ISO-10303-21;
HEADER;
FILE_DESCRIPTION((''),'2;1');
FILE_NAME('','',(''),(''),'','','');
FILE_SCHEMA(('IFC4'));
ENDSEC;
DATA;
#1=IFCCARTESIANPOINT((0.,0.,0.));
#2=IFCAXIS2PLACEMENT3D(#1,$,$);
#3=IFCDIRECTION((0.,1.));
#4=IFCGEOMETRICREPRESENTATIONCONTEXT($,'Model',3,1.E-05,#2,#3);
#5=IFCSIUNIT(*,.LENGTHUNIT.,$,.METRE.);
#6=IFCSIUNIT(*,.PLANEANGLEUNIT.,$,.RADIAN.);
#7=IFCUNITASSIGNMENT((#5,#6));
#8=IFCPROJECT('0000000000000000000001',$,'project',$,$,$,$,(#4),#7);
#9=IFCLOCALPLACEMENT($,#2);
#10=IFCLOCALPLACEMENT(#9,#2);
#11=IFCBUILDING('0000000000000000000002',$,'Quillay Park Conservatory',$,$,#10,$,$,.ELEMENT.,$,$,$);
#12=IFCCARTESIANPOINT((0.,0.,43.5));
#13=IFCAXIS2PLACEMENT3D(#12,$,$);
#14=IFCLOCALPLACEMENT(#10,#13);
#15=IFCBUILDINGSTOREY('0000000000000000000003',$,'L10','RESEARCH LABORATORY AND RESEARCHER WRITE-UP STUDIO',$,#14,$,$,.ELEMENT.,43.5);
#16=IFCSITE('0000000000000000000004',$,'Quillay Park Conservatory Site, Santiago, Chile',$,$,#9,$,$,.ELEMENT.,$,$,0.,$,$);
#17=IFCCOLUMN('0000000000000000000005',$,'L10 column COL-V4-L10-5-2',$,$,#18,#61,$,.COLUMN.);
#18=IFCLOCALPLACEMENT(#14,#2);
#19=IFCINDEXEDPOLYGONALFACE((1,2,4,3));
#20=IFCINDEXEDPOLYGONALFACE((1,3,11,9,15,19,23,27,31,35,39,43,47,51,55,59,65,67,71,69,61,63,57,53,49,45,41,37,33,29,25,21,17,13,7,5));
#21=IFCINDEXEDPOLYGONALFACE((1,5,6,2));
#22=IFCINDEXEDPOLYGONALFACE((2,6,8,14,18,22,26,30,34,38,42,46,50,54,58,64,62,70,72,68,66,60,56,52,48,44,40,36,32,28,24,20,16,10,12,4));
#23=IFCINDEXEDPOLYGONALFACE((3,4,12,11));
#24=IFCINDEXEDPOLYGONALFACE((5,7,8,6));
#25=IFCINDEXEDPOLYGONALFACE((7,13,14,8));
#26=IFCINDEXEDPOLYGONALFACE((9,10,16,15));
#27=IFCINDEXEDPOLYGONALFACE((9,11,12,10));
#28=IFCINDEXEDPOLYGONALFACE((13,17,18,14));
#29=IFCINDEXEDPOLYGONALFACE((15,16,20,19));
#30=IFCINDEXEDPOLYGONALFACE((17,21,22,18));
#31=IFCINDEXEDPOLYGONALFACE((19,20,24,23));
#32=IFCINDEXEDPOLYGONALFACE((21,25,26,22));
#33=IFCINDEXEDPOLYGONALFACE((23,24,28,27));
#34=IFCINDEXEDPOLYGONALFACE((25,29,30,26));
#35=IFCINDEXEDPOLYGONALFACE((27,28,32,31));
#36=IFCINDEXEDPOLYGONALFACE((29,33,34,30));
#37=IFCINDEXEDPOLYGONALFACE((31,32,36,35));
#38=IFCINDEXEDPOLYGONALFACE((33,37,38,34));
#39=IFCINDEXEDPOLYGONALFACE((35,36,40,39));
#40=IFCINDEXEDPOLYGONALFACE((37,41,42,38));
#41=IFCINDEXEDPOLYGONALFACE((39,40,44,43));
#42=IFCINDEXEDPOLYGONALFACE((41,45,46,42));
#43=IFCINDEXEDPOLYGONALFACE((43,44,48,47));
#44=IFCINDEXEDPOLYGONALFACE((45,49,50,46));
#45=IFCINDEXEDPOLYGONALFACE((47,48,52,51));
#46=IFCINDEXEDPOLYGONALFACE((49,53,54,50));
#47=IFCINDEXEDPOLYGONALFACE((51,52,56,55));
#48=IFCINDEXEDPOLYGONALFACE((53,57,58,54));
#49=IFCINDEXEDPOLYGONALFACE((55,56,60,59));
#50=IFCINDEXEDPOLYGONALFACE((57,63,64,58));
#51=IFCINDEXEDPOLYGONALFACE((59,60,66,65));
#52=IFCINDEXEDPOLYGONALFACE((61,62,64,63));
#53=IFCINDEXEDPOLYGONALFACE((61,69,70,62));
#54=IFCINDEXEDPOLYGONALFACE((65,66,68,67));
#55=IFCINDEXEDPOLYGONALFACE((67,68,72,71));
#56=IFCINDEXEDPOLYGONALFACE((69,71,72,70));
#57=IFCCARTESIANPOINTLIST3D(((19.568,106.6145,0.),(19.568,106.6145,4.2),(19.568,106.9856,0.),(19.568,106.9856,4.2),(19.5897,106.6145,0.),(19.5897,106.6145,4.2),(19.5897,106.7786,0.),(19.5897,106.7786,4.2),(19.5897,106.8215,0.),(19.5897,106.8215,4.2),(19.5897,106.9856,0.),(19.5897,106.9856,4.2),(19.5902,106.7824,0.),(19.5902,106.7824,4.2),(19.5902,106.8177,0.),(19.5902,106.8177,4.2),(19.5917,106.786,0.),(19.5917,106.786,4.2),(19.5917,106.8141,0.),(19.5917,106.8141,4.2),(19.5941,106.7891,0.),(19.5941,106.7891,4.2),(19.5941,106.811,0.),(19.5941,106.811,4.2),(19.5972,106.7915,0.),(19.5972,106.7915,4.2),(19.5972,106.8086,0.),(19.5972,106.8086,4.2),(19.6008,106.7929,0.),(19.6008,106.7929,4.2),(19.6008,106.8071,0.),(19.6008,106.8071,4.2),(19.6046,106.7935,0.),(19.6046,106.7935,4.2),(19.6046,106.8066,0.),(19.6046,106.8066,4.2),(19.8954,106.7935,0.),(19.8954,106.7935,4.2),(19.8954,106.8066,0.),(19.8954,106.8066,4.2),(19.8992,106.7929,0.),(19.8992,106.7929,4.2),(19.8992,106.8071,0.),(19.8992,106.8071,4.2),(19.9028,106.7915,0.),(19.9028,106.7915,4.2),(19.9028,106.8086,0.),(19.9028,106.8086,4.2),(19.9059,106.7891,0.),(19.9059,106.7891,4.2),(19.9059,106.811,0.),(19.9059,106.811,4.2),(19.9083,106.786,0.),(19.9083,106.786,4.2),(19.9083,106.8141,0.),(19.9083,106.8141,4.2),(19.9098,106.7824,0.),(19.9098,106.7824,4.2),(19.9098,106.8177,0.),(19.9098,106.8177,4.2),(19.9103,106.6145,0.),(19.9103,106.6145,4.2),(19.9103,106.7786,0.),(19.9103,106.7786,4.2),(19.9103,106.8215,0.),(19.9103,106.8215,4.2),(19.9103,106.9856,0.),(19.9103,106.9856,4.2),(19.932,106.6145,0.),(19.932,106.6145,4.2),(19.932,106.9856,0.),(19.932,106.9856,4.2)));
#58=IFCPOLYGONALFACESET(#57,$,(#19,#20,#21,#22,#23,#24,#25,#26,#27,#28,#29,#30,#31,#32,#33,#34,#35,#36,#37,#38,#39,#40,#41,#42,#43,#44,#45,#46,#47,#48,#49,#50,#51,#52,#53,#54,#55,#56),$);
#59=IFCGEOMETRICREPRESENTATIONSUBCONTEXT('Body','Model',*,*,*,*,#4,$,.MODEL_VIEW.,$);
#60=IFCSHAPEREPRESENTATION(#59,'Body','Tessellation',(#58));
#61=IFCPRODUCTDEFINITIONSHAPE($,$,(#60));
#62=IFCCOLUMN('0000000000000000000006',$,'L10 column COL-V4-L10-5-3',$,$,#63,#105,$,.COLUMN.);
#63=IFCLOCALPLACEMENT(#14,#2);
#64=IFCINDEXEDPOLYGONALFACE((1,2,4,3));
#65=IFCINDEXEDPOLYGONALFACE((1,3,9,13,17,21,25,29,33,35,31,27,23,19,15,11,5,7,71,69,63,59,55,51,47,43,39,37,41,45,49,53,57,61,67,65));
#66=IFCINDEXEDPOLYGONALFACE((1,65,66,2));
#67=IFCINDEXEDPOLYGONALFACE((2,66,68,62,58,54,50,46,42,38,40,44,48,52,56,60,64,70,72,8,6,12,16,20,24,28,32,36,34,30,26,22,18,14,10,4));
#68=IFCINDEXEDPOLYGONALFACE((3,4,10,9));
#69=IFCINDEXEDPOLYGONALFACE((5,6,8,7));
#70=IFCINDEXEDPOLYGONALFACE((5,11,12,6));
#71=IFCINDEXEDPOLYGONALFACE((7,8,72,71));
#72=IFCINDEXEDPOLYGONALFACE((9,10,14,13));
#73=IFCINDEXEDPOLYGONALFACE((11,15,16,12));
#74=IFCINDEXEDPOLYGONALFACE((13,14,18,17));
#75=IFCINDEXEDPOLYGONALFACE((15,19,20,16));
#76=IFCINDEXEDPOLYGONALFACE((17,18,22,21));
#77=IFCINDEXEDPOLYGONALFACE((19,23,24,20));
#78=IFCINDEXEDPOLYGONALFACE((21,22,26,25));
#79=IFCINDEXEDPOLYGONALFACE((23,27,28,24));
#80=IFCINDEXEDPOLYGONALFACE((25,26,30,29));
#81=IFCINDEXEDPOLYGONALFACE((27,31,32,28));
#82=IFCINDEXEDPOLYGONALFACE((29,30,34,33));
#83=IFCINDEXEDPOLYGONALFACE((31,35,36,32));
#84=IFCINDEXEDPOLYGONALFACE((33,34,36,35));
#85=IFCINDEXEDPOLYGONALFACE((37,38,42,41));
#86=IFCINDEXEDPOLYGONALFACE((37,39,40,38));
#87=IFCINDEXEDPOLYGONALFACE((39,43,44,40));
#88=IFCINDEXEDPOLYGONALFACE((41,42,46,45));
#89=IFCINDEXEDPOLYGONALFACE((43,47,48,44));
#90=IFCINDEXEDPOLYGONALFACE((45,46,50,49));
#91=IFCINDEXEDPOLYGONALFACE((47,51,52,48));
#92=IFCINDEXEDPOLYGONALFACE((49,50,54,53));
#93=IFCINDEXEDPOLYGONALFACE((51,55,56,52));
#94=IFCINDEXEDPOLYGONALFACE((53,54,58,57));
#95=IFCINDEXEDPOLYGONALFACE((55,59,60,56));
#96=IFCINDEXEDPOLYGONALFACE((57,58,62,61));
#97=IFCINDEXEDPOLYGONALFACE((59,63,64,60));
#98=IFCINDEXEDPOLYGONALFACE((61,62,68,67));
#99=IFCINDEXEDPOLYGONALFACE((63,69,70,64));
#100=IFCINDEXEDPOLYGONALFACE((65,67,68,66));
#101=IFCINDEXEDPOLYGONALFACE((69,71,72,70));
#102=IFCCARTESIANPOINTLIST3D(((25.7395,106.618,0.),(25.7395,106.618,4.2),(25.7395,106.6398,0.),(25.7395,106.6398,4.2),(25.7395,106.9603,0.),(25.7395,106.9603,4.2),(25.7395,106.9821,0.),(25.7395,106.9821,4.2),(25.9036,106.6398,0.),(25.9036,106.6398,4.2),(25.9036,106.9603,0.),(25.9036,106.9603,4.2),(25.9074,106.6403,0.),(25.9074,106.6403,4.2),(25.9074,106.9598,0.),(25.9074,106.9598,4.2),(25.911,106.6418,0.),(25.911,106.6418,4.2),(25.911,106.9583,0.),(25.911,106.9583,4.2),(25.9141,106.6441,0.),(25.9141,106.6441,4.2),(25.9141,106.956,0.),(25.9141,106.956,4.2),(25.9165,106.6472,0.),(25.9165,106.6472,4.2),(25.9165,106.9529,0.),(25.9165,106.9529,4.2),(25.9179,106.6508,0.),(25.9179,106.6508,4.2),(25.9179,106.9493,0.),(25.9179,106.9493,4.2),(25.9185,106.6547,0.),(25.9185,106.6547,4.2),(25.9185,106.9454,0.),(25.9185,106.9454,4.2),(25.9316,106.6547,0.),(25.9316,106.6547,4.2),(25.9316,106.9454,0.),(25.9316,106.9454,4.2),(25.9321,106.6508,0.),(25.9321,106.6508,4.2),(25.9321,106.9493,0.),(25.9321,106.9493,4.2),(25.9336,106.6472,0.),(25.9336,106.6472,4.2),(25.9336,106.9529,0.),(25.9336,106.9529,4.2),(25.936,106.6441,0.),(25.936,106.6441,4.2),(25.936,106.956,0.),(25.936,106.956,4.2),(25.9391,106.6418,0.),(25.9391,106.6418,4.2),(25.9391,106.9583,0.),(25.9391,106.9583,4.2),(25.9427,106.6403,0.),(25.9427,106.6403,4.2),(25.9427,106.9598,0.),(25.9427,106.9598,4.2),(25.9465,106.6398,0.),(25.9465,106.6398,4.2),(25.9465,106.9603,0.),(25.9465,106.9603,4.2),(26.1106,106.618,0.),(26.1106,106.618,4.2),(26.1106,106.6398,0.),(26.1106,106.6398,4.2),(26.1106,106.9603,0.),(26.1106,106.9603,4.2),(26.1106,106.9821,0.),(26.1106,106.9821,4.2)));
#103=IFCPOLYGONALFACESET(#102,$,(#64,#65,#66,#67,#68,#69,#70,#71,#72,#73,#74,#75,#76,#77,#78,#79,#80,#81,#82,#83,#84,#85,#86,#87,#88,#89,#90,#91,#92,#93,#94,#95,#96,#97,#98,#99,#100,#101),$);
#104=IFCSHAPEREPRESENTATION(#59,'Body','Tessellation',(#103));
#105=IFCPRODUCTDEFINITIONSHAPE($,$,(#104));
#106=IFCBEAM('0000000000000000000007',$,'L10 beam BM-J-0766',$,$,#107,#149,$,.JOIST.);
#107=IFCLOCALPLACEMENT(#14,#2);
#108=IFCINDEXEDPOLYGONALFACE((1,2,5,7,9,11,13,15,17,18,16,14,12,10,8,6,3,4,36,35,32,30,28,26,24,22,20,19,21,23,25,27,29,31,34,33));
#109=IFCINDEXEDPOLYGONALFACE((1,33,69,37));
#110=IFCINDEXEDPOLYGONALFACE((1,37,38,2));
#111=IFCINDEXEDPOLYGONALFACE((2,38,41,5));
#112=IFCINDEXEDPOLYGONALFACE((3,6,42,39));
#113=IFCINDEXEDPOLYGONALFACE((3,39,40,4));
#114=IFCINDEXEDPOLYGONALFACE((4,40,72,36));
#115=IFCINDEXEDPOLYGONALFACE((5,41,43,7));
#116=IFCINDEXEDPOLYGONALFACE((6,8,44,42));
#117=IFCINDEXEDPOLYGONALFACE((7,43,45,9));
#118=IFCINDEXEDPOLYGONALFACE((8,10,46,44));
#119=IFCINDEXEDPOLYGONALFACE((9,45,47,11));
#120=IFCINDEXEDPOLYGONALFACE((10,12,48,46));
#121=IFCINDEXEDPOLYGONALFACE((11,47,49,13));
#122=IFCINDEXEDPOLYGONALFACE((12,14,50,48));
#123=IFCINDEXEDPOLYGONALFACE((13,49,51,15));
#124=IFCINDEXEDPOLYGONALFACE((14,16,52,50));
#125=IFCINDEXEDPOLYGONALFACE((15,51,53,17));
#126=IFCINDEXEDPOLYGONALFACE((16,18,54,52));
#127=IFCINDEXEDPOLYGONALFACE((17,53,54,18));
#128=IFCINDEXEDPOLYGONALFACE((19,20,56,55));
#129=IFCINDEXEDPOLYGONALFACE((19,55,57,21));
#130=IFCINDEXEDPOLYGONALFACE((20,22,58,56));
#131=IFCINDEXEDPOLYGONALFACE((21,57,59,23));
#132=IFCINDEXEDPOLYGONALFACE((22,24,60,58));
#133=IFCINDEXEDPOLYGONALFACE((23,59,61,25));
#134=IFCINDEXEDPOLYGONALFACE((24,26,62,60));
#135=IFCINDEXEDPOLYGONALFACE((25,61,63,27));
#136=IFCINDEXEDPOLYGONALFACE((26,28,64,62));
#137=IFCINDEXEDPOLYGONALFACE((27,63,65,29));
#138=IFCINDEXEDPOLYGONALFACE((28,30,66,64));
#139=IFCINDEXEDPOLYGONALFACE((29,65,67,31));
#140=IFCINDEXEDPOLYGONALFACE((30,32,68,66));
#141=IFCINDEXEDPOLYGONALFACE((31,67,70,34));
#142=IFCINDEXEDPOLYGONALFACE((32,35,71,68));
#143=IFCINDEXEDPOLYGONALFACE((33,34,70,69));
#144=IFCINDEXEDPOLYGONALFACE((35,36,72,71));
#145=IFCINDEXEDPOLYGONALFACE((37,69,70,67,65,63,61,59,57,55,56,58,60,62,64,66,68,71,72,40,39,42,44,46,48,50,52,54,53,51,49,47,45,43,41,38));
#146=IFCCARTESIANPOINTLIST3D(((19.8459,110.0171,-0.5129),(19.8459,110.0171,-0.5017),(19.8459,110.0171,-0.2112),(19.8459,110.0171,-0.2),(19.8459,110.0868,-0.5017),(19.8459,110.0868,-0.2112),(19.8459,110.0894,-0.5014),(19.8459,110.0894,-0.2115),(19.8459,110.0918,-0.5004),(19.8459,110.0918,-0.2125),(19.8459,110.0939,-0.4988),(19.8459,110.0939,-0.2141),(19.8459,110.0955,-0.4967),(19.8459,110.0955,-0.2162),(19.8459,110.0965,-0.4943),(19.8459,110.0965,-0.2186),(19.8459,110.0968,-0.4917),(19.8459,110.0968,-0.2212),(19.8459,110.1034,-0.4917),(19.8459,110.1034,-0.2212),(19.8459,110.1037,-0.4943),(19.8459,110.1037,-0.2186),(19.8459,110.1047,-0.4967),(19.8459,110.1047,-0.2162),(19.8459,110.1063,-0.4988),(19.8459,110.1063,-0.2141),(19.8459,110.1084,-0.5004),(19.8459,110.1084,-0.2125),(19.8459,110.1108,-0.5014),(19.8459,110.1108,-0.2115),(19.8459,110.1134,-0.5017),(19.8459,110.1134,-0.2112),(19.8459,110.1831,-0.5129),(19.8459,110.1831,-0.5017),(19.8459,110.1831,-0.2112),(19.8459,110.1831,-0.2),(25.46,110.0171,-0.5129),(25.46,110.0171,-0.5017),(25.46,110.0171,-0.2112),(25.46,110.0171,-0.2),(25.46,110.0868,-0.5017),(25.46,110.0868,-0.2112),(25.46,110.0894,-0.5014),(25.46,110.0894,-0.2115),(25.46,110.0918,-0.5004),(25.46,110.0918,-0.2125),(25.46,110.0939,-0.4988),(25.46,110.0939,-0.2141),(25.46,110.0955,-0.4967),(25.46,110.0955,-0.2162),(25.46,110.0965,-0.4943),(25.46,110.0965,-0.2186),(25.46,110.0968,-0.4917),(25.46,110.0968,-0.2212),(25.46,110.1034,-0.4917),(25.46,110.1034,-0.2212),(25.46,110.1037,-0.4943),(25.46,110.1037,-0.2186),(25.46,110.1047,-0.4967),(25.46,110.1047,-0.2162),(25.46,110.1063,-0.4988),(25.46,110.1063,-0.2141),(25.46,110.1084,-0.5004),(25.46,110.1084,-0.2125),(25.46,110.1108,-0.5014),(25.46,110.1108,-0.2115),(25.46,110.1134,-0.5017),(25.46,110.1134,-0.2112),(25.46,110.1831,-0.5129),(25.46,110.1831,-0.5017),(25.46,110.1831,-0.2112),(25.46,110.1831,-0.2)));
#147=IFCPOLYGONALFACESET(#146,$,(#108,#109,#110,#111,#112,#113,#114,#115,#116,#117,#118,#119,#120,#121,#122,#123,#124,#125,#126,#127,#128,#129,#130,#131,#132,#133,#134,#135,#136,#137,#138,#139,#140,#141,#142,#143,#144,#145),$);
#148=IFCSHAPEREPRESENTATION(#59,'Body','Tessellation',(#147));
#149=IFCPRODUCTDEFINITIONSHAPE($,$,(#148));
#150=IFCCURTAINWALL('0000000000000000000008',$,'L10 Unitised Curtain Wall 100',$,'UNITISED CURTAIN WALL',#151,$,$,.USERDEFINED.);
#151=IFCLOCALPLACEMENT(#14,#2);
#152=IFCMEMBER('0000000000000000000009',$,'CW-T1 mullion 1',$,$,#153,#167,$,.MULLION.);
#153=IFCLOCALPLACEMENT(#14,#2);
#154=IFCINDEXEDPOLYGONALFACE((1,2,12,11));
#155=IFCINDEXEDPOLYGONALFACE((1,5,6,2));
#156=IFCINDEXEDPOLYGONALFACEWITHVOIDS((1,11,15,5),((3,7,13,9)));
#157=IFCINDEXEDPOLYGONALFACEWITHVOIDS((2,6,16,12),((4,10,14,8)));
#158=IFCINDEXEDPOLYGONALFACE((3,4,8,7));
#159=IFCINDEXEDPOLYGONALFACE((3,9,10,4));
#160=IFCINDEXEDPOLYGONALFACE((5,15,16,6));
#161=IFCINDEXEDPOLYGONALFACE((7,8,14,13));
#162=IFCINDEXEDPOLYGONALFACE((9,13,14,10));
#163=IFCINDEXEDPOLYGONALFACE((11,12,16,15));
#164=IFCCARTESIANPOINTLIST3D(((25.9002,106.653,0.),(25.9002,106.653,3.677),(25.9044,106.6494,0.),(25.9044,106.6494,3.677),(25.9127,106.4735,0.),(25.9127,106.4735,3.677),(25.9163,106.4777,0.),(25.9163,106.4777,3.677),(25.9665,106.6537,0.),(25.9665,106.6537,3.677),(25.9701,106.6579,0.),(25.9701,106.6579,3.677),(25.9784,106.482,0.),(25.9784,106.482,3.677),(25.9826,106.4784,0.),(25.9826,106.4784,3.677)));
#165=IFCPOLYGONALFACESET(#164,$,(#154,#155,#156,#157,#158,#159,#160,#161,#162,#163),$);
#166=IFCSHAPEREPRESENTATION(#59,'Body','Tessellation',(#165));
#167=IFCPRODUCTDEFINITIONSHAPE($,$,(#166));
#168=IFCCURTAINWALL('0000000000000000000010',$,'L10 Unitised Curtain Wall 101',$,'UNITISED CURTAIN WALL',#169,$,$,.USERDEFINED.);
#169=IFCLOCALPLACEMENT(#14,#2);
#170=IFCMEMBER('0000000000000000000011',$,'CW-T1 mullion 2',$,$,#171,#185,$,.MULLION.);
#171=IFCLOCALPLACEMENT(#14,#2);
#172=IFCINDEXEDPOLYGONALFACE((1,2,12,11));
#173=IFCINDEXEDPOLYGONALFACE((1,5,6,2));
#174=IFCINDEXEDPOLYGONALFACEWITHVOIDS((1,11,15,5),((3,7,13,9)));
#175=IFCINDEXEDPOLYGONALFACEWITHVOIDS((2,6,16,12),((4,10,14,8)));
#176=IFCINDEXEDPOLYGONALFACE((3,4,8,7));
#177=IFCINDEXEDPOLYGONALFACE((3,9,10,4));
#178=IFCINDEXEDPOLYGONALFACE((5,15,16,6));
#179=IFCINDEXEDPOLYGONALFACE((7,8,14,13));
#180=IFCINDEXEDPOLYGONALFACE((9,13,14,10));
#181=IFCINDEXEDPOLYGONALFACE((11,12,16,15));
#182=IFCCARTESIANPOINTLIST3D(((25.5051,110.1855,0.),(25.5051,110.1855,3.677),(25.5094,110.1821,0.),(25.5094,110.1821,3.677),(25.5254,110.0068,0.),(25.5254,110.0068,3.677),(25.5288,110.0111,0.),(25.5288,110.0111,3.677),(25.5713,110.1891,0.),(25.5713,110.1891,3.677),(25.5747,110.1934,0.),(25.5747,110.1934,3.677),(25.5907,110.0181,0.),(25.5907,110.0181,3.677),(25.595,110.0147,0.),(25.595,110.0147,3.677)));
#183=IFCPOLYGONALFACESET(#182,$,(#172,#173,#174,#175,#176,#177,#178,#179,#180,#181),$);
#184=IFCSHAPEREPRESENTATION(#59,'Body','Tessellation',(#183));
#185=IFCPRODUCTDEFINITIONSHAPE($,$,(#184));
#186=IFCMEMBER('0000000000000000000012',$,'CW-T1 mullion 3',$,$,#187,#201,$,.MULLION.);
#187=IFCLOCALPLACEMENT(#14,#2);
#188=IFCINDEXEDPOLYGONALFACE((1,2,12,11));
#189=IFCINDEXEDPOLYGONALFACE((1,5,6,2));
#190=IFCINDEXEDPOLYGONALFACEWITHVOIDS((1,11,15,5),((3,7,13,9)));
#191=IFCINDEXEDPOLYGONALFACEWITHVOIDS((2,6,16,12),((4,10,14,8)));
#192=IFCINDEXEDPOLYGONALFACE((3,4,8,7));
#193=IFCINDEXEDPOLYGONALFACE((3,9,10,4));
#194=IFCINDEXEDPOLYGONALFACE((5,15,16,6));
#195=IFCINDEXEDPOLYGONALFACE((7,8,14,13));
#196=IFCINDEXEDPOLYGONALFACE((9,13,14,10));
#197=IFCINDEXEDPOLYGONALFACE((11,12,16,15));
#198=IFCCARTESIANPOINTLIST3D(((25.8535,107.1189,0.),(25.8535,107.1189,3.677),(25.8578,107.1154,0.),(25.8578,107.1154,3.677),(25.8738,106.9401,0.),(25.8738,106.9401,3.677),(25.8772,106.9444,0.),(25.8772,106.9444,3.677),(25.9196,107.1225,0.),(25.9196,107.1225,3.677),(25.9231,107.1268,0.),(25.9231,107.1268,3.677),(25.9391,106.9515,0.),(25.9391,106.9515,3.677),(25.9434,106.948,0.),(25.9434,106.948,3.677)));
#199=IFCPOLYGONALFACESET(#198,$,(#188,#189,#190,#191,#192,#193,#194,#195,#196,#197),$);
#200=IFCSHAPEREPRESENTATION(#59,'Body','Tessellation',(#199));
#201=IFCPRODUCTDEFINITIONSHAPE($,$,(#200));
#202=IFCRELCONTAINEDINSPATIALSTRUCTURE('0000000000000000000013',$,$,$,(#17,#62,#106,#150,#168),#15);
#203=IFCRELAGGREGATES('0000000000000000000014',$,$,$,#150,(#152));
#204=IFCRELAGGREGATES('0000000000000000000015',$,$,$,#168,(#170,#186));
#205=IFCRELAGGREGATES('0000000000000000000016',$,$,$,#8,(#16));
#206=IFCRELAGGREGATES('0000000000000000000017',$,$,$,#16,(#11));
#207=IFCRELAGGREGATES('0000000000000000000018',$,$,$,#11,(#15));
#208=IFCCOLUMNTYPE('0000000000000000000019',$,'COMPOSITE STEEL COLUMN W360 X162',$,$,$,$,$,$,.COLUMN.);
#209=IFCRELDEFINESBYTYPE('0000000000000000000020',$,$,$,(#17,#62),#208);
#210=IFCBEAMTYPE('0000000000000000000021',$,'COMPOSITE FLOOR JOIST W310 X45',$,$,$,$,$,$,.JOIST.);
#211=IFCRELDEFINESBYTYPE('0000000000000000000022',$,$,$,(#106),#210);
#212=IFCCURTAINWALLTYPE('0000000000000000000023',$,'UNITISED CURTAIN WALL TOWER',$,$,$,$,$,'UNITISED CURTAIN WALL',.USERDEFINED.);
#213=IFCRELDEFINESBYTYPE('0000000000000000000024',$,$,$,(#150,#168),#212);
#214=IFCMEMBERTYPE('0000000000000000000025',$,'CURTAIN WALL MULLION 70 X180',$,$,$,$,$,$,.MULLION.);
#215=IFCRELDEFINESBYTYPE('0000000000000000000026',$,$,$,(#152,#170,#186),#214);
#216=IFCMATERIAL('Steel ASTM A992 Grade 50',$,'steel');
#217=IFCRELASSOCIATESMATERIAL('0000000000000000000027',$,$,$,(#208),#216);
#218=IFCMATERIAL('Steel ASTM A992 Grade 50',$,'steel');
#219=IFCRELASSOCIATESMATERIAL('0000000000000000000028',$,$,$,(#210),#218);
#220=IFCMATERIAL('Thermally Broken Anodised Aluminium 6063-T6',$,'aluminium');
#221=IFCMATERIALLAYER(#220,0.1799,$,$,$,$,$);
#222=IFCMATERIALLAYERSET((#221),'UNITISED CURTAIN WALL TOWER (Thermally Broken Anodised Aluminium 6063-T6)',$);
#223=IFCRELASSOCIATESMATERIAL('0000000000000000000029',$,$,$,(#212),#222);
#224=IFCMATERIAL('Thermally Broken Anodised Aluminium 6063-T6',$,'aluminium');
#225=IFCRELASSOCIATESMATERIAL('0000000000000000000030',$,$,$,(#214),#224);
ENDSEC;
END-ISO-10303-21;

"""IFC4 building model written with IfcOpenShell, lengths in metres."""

from ifc_helpers import new_model, si_unit, direction, frame, origin, origin_2d, place, context, subcontext, project, spatial, hollow_rectangle, i_section, extrude, material, layer, layer_set, material_profile, profile_set, type_object, element, aggregate, save


model = new_model("IFC4")

# Units and contexts
model_context = context("Model", 3, precision=1e-05, world=origin(), true_north=direction((0.0, 1.0)))
body_context = subcontext(model_context, "Body", "Model", "MODEL_VIEW")
ifc_project = project(units=[si_unit("LENGTHUNIT", "METRE"), si_unit("PLANEANGLEUNIT", "RADIAN")], contexts=[model_context])

# Site, building, storey
site_placement = place(None, origin())
site = spatial("IfcSite", under=ifc_project, at=site_placement, Name="Quillay Park Conservatory Site, Santiago, Chile", CompositionType="ELEMENT", RefElevation=0.0)
building_placement = place(site_placement, origin())
building = spatial("IfcBuilding", under=site, at=building_placement, Name="Quillay Park Conservatory", CompositionType="ELEMENT")
storey_placement = place(building_placement, frame((0.0, 0.0, 43.5)))
storey = spatial("IfcBuildingStorey", under=building, at=storey_placement, Name="L10", Description="RESEARCH LABORATORY AND RESEARCHER WRITE-UP STUDIO", CompositionType="ELEMENT", Elevation=43.5)

# Columns
ifc_material_1 = material(Name="Steel ASTM A992 Grade 50", Category="steel")
ifc_material_profile_1 = material_profile(ifc_material_1, i_section(OverallWidth=0.3711, OverallDepth=0.364, WebThickness=0.0132, FlangeThickness=0.0217, FilletRadius=0.0149, at=origin_2d()), Name="W360x162")
ifc_profile_set_1 = profile_set([ifc_material_profile_1], Name="Steel ASTM A992 Grade 50")
column_type = type_object("IfcColumnType", Name="COMPOSITE STEEL COLUMN W360 X162", PredefinedType="COLUMN", material=ifc_profile_set_1)
for number, where, z_axis, x_axis, name in (
    (1, (19.75, 106.8, 0.0), (0.0, 0.0, 1.0), (0.0, 1.0, 0.0), "L10 column COL-V4-L10-5-2"),
    (2, (25.925, 106.8, 0.0), (0.0, 0.0, 1.0), (1.0, 0.0, 0.0), "L10 column COL-V4-L10-5-3"),
):
    element("IfcColumn", number, at=place(storey_placement, frame(where, z_axis=z_axis, x_axis=x_axis)), inside=storey, type_object=column_type, Name=name, PredefinedType="COLUMN", context=body_context, shape_type="SweptSolid", body=[
        extrude(i_section(OverallWidth=0.3711, OverallDepth=0.364, WebThickness=0.0132, FlangeThickness=0.0217, FilletRadius=0.0149, at=origin_2d()), origin(), (0.0, 0.0, 1.0), 4.2),
    ])

# Beam
ifc_material_2 = material(Name="Steel ASTM A992 Grade 50", Category="steel")
ifc_material_profile_2 = material_profile(ifc_material_2, i_section(OverallWidth=0.166, OverallDepth=0.313, WebThickness=0.0066, FlangeThickness=0.0112, FilletRadius=0.01, at=origin_2d()), Name="W310x45")
ifc_profile_set_2 = profile_set([ifc_material_profile_2], Name="Steel ASTM A992 Grade 50")
beam_type_1 = type_object("IfcBeamType", Name="COMPOSITE FLOOR JOIST W310 X45", PredefinedType="JOIST", material=ifc_profile_set_2)
beam_1_placement = place(storey_placement, frame((19.8459, 110.1001, -0.3564), z_axis=(1.0, 0.0, 0.0), x_axis=(0.0, 1.0, 0.0)))
element("IfcBeam", 3, at=beam_1_placement, inside=storey, type_object=beam_type_1, Name="L10 beam BM-J-0766", PredefinedType="JOIST", context=body_context, shape_type="SweptSolid", body=[
    extrude(i_section(OverallWidth=0.166, OverallDepth=0.313, WebThickness=0.0066, FlangeThickness=0.0112, FilletRadius=0.01, at=origin_2d()), origin(), (0.0, 0.0, 1.0), 5.614),
])

# Curtain wall, member
ifc_material_3 = material(Name="Thermally Broken Anodised Aluminium 6063-T6", Category="aluminium")
ifc_layer_1 = layer(ifc_material_3, 0.1799)
ifc_layer_set_1 = layer_set([ifc_layer_1], Name="UNITISED CURTAIN WALL TOWER (Thermally Broken Anodised Aluminium 6063-T6)")
curtain_wall_type = type_object("IfcCurtainWallType", Name="UNITISED CURTAIN WALL TOWER", ElementType="UNITISED CURTAIN WALL", PredefinedType="USERDEFINED", material=ifc_layer_set_1)
curtain_wall_1_placement = place(storey_placement, origin())
curtain_wall_1 = element("IfcCurtainWall", 4, at=curtain_wall_1_placement, inside=storey, type_object=curtain_wall_type, Name="L10 Unitised Curtain Wall 100", ObjectType="UNITISED CURTAIN WALL", PredefinedType="USERDEFINED")
ifc_material_4 = material(Name="Thermally Broken Anodised Aluminium 6063-T6", Category="aluminium")
ifc_material_profile_3 = material_profile(ifc_material_4, hollow_rectangle(XDim=0.0701, YDim=0.1799, WallThickness=0.0039, at=origin_2d()), Name="AL70x180x4")
ifc_profile_set_3 = profile_set([ifc_material_profile_3], Name="Thermally Broken Anodised Aluminium 6063-T6")
member_type_1 = type_object("IfcMemberType", Name="CURTAIN WALL MULLION 70 X180", PredefinedType="MULLION", material=ifc_profile_set_3)
member_1_placement = place(storey_placement, frame((25.9414, 106.5657, 0.0), z_axis=(0.0, 0.0, 1.0), x_axis=(0.997598, 0.069264, 0.0)))
member_1 = element("IfcMember", 5, at=member_1_placement, type_object=member_type_1, Name="CW-T1 mullion 1", PredefinedType="MULLION", context=body_context, shape_type="SweptSolid", body=[
    extrude(hollow_rectangle(XDim=0.0701, YDim=0.1799, WallThickness=0.0039, at=origin_2d()), origin(), (0.0, 0.0, 1.0), 3.677),
])

# Curtain wall, members
curtain_wall_2_placement = place(storey_placement, origin())
curtain_wall_2 = element("IfcCurtainWall", 6, at=curtain_wall_2_placement, inside=storey, type_object=curtain_wall_type, Name="L10 Unitised Curtain Wall 101", ObjectType="UNITISED CURTAIN WALL", PredefinedType="USERDEFINED")
member_2_placement = place(storey_placement, frame((25.55, 110.1001, 0.0), z_axis=(0.0, 0.0, 1.0), x_axis=(0.993606, 0.112903, 0.0)))
member_2 = element("IfcMember", 7, at=member_2_placement, type_object=member_type_1, Name="CW-T1 mullion 2", PredefinedType="MULLION", context=body_context, shape_type="SweptSolid", body=[
    extrude(hollow_rectangle(XDim=0.0701, YDim=0.1799, WallThickness=0.0039, at=origin_2d()), origin(), (0.0, 0.0, 1.0), 3.677),
])
member_3_placement = place(storey_placement, frame((25.8984, 107.0334, 0.0), z_axis=(0.0, 0.0, 1.0), x_axis=(0.993606, 0.112903, 0.0)))
member_3 = element("IfcMember", 8, at=member_3_placement, type_object=member_type_1, Name="CW-T1 mullion 3", PredefinedType="MULLION", context=body_context, shape_type="SweptSolid", body=[
    extrude(hollow_rectangle(XDim=0.0701, YDim=0.1799, WallThickness=0.0039, at=origin_2d()), origin(), (0.0, 0.0, 1.0), 3.677),
])

aggregate(curtain_wall_1, [member_1])
aggregate(curtain_wall_2, [member_2, member_3])

save(model, "model.ifc")
